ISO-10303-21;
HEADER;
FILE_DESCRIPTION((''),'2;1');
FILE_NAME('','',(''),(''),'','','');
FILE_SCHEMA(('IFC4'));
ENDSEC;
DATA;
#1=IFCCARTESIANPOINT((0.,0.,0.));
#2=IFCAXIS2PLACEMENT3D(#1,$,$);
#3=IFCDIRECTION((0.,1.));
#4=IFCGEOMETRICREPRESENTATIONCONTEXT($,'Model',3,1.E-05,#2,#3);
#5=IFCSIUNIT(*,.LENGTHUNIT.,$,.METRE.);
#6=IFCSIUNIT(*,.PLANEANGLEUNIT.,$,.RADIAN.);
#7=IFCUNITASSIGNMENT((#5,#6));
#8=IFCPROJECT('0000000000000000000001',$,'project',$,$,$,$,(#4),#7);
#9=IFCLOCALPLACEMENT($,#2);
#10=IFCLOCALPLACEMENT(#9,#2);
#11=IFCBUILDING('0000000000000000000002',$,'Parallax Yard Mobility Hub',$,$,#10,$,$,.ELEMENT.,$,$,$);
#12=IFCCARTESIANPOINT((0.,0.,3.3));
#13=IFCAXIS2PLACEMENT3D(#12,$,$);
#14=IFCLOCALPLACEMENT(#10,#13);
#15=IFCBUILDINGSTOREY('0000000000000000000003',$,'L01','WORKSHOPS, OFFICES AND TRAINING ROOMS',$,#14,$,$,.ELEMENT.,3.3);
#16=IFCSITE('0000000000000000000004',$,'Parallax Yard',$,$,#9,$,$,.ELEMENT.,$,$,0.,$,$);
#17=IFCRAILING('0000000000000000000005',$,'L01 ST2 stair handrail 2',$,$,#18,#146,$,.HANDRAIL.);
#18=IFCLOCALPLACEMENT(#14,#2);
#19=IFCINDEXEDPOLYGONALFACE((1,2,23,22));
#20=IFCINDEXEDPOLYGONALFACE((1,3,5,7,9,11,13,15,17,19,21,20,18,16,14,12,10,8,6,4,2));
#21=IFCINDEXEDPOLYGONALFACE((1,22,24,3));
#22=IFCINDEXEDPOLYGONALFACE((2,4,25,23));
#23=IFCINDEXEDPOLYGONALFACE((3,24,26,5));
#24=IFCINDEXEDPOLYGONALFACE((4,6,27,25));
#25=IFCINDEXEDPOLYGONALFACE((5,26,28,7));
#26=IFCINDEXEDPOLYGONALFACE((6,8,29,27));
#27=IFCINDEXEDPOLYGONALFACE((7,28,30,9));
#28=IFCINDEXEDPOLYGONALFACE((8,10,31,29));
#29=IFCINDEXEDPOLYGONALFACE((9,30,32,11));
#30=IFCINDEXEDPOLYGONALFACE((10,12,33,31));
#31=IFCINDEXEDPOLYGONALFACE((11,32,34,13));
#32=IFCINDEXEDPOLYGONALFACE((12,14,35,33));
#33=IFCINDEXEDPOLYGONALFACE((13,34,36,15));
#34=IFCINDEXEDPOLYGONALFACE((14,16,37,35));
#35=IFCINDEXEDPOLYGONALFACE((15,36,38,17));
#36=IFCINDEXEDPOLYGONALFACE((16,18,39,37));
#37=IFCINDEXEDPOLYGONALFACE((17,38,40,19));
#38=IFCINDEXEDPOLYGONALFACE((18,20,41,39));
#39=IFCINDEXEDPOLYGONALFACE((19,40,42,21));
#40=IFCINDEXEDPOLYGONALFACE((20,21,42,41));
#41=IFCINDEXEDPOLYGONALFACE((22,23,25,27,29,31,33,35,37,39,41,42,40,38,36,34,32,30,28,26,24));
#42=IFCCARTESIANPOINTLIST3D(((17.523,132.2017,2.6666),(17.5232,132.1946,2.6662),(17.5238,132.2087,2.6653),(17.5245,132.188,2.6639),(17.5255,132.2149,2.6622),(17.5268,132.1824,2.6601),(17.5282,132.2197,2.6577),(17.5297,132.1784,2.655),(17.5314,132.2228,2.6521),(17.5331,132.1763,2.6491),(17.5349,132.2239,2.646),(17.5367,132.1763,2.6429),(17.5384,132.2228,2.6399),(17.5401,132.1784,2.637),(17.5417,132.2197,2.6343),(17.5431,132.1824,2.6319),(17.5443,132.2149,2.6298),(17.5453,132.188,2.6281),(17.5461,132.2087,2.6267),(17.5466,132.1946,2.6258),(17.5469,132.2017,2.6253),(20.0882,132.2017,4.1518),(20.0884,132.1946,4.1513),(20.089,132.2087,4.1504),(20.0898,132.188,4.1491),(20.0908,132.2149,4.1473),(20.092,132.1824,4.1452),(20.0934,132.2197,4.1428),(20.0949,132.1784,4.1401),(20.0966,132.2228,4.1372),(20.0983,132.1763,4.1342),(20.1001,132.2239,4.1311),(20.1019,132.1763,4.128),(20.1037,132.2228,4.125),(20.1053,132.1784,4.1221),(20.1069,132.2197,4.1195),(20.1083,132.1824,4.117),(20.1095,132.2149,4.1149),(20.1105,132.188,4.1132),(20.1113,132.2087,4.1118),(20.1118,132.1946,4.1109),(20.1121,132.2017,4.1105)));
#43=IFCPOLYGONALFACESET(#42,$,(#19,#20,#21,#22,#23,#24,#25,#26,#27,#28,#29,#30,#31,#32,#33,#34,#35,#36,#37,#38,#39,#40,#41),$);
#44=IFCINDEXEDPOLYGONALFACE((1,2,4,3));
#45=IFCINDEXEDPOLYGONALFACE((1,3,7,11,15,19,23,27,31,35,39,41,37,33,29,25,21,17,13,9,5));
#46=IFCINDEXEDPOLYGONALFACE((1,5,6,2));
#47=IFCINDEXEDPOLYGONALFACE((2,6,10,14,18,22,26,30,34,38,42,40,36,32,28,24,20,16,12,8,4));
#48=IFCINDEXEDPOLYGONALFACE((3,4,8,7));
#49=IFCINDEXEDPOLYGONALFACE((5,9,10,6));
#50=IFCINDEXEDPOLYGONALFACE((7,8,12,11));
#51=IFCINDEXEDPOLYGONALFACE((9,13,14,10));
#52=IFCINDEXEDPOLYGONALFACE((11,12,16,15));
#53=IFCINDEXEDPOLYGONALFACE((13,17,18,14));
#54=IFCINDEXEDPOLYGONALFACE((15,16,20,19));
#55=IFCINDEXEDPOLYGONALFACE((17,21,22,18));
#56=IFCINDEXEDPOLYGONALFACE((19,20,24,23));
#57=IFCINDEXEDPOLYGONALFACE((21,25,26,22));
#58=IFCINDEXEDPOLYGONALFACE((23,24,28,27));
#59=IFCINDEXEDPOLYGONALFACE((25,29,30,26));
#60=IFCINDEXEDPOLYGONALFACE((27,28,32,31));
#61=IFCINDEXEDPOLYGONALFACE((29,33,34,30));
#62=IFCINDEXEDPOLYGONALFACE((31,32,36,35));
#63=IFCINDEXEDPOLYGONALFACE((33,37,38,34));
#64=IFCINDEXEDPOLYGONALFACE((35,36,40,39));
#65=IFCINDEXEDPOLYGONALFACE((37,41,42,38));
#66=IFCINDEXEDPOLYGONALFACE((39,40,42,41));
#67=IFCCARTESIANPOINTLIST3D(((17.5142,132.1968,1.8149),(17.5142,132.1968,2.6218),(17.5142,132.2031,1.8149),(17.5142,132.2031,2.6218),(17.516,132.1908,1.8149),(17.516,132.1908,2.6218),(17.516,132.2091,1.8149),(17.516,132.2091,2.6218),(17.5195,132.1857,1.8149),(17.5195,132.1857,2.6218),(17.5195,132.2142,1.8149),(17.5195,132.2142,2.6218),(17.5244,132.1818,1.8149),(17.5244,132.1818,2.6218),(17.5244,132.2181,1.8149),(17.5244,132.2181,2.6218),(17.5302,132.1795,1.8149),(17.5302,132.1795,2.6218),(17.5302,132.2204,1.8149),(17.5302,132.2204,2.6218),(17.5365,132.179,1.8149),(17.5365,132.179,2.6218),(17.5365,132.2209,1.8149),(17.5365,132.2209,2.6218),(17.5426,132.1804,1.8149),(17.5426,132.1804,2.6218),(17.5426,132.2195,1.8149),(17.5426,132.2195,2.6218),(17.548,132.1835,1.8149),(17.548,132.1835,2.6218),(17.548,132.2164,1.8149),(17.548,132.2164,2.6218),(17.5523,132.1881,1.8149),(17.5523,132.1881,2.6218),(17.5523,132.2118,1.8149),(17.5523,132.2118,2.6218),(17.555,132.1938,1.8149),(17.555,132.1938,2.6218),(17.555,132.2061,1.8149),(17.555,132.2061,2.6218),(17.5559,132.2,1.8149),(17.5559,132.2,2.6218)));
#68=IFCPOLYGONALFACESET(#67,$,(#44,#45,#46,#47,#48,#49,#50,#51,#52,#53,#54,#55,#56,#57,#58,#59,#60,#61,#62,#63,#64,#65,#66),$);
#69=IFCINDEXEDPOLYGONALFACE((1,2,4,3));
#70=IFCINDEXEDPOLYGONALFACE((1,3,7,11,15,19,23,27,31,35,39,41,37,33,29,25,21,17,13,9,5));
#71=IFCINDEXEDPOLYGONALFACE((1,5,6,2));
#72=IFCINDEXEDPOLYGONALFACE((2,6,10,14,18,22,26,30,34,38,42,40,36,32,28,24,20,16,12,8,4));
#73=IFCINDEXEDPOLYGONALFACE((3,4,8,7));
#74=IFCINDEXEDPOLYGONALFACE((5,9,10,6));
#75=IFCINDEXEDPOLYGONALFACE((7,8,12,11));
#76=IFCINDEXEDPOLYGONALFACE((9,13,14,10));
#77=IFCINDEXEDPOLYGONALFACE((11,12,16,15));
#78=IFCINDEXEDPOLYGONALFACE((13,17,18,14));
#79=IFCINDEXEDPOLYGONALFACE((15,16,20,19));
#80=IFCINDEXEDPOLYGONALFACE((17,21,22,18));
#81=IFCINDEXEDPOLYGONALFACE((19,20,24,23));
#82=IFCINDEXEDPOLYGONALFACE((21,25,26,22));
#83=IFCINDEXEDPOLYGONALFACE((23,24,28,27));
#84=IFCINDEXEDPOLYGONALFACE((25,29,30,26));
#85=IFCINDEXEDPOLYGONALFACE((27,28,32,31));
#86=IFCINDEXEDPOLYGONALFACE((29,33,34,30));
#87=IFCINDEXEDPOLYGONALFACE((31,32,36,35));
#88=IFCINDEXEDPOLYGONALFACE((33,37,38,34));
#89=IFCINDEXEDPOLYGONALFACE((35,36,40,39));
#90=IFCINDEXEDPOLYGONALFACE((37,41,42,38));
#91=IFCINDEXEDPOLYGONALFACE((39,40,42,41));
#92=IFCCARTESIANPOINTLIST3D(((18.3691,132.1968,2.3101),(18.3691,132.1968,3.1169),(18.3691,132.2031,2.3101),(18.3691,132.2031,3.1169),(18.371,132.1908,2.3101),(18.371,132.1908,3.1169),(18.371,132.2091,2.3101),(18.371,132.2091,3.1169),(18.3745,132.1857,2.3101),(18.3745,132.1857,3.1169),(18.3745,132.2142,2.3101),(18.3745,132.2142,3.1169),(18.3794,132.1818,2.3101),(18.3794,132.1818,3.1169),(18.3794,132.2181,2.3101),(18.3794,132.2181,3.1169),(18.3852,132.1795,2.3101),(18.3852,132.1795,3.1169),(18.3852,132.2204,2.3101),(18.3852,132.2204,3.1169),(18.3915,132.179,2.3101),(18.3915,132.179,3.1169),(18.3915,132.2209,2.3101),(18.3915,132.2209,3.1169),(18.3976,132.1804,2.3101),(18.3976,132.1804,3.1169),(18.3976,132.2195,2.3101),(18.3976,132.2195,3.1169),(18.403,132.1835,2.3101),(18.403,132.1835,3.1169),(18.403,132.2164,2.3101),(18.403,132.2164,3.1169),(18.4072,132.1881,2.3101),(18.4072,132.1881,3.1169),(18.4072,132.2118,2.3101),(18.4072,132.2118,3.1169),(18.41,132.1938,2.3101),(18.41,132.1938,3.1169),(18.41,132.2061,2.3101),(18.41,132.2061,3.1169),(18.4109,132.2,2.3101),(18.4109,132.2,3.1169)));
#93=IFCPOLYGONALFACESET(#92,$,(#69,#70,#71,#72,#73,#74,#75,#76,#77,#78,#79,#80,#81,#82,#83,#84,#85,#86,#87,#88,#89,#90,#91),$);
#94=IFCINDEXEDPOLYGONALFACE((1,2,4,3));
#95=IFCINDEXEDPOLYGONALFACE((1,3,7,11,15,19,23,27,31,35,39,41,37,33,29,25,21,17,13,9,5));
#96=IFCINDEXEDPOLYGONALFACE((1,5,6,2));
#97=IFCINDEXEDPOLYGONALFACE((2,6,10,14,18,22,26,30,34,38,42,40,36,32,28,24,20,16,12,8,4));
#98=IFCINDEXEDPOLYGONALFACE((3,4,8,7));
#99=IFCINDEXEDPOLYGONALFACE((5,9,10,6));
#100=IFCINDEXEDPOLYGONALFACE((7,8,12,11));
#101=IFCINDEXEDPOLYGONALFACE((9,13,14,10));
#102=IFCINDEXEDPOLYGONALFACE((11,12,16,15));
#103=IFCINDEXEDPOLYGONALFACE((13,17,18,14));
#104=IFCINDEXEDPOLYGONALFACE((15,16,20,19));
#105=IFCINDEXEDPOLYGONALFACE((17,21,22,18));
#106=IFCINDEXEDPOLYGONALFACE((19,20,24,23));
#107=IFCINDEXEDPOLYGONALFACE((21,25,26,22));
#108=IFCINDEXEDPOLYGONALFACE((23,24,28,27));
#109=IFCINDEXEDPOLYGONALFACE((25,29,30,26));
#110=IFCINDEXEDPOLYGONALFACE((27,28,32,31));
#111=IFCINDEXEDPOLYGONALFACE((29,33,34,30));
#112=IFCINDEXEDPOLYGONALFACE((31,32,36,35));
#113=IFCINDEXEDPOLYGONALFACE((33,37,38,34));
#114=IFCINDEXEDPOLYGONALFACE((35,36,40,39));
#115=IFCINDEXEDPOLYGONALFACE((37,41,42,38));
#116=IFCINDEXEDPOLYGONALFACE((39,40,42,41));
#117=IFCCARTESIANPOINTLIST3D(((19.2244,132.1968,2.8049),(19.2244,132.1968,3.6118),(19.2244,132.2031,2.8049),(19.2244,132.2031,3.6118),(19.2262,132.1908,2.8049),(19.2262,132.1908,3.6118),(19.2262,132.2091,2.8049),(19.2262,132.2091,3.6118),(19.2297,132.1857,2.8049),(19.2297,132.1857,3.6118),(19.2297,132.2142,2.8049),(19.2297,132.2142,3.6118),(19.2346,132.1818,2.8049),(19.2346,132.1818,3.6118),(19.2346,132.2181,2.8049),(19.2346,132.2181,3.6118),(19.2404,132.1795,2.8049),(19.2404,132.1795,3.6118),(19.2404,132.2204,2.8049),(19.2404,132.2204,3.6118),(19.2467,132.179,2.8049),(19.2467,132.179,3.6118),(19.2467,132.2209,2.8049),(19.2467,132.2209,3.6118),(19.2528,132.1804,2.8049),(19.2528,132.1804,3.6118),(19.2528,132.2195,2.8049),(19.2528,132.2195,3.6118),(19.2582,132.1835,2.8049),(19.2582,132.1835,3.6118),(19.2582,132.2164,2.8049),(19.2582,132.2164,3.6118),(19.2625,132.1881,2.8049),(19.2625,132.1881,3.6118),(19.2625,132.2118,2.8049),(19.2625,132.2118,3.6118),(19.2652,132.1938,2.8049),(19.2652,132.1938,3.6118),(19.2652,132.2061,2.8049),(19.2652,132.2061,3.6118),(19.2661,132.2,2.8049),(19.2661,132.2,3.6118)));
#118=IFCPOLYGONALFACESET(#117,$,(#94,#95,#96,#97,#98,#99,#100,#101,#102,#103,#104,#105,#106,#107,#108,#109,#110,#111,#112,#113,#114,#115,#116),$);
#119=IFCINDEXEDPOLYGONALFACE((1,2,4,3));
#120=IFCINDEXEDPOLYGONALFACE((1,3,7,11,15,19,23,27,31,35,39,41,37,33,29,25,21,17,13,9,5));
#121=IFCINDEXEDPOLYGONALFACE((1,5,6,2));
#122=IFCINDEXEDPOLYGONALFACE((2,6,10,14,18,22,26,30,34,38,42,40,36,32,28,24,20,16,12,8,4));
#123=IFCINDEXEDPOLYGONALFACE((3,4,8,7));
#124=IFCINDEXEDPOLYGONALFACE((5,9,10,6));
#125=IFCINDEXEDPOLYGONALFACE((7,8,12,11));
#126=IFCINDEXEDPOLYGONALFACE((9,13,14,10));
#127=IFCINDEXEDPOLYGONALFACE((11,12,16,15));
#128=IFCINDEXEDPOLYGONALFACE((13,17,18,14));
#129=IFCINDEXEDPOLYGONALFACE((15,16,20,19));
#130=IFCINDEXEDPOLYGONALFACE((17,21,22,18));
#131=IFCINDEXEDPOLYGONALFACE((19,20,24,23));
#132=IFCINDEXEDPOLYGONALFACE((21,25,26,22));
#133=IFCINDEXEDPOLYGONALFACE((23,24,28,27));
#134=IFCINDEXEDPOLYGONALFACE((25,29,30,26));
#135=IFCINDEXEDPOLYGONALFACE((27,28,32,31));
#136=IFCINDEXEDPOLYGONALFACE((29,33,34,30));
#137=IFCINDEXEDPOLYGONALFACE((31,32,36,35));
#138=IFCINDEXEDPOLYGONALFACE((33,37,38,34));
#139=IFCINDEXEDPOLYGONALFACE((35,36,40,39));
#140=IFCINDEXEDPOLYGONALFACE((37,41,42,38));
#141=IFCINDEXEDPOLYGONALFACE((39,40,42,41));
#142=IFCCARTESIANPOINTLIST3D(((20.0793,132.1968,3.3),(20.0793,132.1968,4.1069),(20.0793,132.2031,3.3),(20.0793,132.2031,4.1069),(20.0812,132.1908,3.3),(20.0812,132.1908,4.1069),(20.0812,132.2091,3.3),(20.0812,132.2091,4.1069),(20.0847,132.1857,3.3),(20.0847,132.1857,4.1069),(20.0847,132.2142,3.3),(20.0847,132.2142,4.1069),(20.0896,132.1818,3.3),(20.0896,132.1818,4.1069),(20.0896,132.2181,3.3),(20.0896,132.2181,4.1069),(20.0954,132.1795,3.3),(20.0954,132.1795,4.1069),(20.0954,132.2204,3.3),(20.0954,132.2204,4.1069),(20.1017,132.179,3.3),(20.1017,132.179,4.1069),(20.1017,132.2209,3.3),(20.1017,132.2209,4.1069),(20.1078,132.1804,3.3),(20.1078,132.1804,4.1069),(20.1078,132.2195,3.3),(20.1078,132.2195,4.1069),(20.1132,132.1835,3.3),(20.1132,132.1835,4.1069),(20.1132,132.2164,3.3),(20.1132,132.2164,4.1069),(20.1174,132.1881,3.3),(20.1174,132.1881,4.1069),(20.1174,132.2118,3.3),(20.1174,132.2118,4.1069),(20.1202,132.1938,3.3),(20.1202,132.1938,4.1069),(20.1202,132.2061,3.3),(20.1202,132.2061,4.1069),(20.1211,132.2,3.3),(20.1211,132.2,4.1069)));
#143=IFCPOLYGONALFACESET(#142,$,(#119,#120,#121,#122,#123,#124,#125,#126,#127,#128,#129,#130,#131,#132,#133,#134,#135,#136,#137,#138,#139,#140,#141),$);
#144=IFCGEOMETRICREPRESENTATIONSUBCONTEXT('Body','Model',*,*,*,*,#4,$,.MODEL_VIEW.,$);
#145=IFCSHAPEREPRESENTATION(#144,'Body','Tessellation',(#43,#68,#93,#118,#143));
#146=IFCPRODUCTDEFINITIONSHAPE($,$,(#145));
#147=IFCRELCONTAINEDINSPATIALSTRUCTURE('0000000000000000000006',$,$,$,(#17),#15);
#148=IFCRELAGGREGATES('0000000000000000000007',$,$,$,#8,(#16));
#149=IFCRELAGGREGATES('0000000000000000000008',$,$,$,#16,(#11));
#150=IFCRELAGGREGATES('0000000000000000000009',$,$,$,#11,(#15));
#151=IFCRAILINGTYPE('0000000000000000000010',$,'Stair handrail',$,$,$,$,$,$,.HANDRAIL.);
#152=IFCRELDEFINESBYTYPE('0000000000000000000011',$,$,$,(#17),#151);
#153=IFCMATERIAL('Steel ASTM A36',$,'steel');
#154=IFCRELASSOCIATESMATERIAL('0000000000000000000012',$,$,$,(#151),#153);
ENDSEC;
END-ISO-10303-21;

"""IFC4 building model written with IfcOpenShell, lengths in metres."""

from ifc_helpers import new_model, si_unit, direction, frame, origin, origin_2d, place, context, subcontext, project, spatial, circle, extrude, material, type_object, element, save


model = new_model("IFC4")

# Units and contexts
model_context = context("Model", 3, precision=1e-05, world=origin(), true_north=direction((0.0, 1.0)))
body_context = subcontext(model_context, "Body", "Model", "MODEL_VIEW")
ifc_project = project(units=[si_unit("LENGTHUNIT", "METRE"), si_unit("PLANEANGLEUNIT", "RADIAN")], contexts=[model_context])

# Site, building, storey
site_placement = place(None, origin())
site = spatial("IfcSite", under=ifc_project, at=site_placement, Name="Parallax Yard", CompositionType="ELEMENT", RefElevation=0.0)
building_placement = place(site_placement, origin())
building = spatial("IfcBuilding", under=site, at=building_placement, Name="Parallax Yard Mobility Hub", CompositionType="ELEMENT")
storey_placement = place(building_placement, frame((0.0, 0.0, 3.3)))
storey = spatial("IfcBuildingStorey", under=building, at=storey_placement, Name="L01", Description="WORKSHOPS, OFFICES AND TRAINING ROOMS", CompositionType="ELEMENT", Elevation=3.3)

# Railing
ifc_material_1 = material(Name="Steel ASTM A36", Category="steel")
railing_type_1 = type_object("IfcRailingType", Name="Stair handrail", PredefinedType="HANDRAIL", material=ifc_material_1)
railing_1_placement = place(storey_placement, frame((17.5349, 132.2, 1.8149)))
element("IfcRailing", 1, at=railing_1_placement, inside=storey, type_object=railing_type_1, Name="L01 ST2 stair handrail 2", PredefinedType="HANDRAIL", context=body_context, shape_type="SweptSolid", body=[
    extrude(circle(Radius=0.0239, at=origin_2d()), frame((0.0, 0.0, 0.8311), z_axis=(0.865426, 0.0, 0.501036), x_axis=(0.0, 1.0, 0.0)), (0.0, 0.0, 1.0), 2.9641),
    extrude(circle(Radius=0.021, at=origin_2d()), origin(), (0.0, 0.0, 1.0), 0.8069),
    extrude(circle(Radius=0.021, at=origin_2d()), frame((0.855, 0.0, 0.4951)), (0.0, 0.0, 1.0), 0.8069),
    extrude(circle(Radius=0.021, at=origin_2d()), frame((1.7102, 0.0, 0.99)), (0.0, 0.0, 1.0), 0.8069),
    extrude(circle(Radius=0.021, at=origin_2d()), frame((2.5652, 0.0, 1.4851)), (0.0, 0.0, 1.0), 0.8069),
])

save(model, "model.ifc")
